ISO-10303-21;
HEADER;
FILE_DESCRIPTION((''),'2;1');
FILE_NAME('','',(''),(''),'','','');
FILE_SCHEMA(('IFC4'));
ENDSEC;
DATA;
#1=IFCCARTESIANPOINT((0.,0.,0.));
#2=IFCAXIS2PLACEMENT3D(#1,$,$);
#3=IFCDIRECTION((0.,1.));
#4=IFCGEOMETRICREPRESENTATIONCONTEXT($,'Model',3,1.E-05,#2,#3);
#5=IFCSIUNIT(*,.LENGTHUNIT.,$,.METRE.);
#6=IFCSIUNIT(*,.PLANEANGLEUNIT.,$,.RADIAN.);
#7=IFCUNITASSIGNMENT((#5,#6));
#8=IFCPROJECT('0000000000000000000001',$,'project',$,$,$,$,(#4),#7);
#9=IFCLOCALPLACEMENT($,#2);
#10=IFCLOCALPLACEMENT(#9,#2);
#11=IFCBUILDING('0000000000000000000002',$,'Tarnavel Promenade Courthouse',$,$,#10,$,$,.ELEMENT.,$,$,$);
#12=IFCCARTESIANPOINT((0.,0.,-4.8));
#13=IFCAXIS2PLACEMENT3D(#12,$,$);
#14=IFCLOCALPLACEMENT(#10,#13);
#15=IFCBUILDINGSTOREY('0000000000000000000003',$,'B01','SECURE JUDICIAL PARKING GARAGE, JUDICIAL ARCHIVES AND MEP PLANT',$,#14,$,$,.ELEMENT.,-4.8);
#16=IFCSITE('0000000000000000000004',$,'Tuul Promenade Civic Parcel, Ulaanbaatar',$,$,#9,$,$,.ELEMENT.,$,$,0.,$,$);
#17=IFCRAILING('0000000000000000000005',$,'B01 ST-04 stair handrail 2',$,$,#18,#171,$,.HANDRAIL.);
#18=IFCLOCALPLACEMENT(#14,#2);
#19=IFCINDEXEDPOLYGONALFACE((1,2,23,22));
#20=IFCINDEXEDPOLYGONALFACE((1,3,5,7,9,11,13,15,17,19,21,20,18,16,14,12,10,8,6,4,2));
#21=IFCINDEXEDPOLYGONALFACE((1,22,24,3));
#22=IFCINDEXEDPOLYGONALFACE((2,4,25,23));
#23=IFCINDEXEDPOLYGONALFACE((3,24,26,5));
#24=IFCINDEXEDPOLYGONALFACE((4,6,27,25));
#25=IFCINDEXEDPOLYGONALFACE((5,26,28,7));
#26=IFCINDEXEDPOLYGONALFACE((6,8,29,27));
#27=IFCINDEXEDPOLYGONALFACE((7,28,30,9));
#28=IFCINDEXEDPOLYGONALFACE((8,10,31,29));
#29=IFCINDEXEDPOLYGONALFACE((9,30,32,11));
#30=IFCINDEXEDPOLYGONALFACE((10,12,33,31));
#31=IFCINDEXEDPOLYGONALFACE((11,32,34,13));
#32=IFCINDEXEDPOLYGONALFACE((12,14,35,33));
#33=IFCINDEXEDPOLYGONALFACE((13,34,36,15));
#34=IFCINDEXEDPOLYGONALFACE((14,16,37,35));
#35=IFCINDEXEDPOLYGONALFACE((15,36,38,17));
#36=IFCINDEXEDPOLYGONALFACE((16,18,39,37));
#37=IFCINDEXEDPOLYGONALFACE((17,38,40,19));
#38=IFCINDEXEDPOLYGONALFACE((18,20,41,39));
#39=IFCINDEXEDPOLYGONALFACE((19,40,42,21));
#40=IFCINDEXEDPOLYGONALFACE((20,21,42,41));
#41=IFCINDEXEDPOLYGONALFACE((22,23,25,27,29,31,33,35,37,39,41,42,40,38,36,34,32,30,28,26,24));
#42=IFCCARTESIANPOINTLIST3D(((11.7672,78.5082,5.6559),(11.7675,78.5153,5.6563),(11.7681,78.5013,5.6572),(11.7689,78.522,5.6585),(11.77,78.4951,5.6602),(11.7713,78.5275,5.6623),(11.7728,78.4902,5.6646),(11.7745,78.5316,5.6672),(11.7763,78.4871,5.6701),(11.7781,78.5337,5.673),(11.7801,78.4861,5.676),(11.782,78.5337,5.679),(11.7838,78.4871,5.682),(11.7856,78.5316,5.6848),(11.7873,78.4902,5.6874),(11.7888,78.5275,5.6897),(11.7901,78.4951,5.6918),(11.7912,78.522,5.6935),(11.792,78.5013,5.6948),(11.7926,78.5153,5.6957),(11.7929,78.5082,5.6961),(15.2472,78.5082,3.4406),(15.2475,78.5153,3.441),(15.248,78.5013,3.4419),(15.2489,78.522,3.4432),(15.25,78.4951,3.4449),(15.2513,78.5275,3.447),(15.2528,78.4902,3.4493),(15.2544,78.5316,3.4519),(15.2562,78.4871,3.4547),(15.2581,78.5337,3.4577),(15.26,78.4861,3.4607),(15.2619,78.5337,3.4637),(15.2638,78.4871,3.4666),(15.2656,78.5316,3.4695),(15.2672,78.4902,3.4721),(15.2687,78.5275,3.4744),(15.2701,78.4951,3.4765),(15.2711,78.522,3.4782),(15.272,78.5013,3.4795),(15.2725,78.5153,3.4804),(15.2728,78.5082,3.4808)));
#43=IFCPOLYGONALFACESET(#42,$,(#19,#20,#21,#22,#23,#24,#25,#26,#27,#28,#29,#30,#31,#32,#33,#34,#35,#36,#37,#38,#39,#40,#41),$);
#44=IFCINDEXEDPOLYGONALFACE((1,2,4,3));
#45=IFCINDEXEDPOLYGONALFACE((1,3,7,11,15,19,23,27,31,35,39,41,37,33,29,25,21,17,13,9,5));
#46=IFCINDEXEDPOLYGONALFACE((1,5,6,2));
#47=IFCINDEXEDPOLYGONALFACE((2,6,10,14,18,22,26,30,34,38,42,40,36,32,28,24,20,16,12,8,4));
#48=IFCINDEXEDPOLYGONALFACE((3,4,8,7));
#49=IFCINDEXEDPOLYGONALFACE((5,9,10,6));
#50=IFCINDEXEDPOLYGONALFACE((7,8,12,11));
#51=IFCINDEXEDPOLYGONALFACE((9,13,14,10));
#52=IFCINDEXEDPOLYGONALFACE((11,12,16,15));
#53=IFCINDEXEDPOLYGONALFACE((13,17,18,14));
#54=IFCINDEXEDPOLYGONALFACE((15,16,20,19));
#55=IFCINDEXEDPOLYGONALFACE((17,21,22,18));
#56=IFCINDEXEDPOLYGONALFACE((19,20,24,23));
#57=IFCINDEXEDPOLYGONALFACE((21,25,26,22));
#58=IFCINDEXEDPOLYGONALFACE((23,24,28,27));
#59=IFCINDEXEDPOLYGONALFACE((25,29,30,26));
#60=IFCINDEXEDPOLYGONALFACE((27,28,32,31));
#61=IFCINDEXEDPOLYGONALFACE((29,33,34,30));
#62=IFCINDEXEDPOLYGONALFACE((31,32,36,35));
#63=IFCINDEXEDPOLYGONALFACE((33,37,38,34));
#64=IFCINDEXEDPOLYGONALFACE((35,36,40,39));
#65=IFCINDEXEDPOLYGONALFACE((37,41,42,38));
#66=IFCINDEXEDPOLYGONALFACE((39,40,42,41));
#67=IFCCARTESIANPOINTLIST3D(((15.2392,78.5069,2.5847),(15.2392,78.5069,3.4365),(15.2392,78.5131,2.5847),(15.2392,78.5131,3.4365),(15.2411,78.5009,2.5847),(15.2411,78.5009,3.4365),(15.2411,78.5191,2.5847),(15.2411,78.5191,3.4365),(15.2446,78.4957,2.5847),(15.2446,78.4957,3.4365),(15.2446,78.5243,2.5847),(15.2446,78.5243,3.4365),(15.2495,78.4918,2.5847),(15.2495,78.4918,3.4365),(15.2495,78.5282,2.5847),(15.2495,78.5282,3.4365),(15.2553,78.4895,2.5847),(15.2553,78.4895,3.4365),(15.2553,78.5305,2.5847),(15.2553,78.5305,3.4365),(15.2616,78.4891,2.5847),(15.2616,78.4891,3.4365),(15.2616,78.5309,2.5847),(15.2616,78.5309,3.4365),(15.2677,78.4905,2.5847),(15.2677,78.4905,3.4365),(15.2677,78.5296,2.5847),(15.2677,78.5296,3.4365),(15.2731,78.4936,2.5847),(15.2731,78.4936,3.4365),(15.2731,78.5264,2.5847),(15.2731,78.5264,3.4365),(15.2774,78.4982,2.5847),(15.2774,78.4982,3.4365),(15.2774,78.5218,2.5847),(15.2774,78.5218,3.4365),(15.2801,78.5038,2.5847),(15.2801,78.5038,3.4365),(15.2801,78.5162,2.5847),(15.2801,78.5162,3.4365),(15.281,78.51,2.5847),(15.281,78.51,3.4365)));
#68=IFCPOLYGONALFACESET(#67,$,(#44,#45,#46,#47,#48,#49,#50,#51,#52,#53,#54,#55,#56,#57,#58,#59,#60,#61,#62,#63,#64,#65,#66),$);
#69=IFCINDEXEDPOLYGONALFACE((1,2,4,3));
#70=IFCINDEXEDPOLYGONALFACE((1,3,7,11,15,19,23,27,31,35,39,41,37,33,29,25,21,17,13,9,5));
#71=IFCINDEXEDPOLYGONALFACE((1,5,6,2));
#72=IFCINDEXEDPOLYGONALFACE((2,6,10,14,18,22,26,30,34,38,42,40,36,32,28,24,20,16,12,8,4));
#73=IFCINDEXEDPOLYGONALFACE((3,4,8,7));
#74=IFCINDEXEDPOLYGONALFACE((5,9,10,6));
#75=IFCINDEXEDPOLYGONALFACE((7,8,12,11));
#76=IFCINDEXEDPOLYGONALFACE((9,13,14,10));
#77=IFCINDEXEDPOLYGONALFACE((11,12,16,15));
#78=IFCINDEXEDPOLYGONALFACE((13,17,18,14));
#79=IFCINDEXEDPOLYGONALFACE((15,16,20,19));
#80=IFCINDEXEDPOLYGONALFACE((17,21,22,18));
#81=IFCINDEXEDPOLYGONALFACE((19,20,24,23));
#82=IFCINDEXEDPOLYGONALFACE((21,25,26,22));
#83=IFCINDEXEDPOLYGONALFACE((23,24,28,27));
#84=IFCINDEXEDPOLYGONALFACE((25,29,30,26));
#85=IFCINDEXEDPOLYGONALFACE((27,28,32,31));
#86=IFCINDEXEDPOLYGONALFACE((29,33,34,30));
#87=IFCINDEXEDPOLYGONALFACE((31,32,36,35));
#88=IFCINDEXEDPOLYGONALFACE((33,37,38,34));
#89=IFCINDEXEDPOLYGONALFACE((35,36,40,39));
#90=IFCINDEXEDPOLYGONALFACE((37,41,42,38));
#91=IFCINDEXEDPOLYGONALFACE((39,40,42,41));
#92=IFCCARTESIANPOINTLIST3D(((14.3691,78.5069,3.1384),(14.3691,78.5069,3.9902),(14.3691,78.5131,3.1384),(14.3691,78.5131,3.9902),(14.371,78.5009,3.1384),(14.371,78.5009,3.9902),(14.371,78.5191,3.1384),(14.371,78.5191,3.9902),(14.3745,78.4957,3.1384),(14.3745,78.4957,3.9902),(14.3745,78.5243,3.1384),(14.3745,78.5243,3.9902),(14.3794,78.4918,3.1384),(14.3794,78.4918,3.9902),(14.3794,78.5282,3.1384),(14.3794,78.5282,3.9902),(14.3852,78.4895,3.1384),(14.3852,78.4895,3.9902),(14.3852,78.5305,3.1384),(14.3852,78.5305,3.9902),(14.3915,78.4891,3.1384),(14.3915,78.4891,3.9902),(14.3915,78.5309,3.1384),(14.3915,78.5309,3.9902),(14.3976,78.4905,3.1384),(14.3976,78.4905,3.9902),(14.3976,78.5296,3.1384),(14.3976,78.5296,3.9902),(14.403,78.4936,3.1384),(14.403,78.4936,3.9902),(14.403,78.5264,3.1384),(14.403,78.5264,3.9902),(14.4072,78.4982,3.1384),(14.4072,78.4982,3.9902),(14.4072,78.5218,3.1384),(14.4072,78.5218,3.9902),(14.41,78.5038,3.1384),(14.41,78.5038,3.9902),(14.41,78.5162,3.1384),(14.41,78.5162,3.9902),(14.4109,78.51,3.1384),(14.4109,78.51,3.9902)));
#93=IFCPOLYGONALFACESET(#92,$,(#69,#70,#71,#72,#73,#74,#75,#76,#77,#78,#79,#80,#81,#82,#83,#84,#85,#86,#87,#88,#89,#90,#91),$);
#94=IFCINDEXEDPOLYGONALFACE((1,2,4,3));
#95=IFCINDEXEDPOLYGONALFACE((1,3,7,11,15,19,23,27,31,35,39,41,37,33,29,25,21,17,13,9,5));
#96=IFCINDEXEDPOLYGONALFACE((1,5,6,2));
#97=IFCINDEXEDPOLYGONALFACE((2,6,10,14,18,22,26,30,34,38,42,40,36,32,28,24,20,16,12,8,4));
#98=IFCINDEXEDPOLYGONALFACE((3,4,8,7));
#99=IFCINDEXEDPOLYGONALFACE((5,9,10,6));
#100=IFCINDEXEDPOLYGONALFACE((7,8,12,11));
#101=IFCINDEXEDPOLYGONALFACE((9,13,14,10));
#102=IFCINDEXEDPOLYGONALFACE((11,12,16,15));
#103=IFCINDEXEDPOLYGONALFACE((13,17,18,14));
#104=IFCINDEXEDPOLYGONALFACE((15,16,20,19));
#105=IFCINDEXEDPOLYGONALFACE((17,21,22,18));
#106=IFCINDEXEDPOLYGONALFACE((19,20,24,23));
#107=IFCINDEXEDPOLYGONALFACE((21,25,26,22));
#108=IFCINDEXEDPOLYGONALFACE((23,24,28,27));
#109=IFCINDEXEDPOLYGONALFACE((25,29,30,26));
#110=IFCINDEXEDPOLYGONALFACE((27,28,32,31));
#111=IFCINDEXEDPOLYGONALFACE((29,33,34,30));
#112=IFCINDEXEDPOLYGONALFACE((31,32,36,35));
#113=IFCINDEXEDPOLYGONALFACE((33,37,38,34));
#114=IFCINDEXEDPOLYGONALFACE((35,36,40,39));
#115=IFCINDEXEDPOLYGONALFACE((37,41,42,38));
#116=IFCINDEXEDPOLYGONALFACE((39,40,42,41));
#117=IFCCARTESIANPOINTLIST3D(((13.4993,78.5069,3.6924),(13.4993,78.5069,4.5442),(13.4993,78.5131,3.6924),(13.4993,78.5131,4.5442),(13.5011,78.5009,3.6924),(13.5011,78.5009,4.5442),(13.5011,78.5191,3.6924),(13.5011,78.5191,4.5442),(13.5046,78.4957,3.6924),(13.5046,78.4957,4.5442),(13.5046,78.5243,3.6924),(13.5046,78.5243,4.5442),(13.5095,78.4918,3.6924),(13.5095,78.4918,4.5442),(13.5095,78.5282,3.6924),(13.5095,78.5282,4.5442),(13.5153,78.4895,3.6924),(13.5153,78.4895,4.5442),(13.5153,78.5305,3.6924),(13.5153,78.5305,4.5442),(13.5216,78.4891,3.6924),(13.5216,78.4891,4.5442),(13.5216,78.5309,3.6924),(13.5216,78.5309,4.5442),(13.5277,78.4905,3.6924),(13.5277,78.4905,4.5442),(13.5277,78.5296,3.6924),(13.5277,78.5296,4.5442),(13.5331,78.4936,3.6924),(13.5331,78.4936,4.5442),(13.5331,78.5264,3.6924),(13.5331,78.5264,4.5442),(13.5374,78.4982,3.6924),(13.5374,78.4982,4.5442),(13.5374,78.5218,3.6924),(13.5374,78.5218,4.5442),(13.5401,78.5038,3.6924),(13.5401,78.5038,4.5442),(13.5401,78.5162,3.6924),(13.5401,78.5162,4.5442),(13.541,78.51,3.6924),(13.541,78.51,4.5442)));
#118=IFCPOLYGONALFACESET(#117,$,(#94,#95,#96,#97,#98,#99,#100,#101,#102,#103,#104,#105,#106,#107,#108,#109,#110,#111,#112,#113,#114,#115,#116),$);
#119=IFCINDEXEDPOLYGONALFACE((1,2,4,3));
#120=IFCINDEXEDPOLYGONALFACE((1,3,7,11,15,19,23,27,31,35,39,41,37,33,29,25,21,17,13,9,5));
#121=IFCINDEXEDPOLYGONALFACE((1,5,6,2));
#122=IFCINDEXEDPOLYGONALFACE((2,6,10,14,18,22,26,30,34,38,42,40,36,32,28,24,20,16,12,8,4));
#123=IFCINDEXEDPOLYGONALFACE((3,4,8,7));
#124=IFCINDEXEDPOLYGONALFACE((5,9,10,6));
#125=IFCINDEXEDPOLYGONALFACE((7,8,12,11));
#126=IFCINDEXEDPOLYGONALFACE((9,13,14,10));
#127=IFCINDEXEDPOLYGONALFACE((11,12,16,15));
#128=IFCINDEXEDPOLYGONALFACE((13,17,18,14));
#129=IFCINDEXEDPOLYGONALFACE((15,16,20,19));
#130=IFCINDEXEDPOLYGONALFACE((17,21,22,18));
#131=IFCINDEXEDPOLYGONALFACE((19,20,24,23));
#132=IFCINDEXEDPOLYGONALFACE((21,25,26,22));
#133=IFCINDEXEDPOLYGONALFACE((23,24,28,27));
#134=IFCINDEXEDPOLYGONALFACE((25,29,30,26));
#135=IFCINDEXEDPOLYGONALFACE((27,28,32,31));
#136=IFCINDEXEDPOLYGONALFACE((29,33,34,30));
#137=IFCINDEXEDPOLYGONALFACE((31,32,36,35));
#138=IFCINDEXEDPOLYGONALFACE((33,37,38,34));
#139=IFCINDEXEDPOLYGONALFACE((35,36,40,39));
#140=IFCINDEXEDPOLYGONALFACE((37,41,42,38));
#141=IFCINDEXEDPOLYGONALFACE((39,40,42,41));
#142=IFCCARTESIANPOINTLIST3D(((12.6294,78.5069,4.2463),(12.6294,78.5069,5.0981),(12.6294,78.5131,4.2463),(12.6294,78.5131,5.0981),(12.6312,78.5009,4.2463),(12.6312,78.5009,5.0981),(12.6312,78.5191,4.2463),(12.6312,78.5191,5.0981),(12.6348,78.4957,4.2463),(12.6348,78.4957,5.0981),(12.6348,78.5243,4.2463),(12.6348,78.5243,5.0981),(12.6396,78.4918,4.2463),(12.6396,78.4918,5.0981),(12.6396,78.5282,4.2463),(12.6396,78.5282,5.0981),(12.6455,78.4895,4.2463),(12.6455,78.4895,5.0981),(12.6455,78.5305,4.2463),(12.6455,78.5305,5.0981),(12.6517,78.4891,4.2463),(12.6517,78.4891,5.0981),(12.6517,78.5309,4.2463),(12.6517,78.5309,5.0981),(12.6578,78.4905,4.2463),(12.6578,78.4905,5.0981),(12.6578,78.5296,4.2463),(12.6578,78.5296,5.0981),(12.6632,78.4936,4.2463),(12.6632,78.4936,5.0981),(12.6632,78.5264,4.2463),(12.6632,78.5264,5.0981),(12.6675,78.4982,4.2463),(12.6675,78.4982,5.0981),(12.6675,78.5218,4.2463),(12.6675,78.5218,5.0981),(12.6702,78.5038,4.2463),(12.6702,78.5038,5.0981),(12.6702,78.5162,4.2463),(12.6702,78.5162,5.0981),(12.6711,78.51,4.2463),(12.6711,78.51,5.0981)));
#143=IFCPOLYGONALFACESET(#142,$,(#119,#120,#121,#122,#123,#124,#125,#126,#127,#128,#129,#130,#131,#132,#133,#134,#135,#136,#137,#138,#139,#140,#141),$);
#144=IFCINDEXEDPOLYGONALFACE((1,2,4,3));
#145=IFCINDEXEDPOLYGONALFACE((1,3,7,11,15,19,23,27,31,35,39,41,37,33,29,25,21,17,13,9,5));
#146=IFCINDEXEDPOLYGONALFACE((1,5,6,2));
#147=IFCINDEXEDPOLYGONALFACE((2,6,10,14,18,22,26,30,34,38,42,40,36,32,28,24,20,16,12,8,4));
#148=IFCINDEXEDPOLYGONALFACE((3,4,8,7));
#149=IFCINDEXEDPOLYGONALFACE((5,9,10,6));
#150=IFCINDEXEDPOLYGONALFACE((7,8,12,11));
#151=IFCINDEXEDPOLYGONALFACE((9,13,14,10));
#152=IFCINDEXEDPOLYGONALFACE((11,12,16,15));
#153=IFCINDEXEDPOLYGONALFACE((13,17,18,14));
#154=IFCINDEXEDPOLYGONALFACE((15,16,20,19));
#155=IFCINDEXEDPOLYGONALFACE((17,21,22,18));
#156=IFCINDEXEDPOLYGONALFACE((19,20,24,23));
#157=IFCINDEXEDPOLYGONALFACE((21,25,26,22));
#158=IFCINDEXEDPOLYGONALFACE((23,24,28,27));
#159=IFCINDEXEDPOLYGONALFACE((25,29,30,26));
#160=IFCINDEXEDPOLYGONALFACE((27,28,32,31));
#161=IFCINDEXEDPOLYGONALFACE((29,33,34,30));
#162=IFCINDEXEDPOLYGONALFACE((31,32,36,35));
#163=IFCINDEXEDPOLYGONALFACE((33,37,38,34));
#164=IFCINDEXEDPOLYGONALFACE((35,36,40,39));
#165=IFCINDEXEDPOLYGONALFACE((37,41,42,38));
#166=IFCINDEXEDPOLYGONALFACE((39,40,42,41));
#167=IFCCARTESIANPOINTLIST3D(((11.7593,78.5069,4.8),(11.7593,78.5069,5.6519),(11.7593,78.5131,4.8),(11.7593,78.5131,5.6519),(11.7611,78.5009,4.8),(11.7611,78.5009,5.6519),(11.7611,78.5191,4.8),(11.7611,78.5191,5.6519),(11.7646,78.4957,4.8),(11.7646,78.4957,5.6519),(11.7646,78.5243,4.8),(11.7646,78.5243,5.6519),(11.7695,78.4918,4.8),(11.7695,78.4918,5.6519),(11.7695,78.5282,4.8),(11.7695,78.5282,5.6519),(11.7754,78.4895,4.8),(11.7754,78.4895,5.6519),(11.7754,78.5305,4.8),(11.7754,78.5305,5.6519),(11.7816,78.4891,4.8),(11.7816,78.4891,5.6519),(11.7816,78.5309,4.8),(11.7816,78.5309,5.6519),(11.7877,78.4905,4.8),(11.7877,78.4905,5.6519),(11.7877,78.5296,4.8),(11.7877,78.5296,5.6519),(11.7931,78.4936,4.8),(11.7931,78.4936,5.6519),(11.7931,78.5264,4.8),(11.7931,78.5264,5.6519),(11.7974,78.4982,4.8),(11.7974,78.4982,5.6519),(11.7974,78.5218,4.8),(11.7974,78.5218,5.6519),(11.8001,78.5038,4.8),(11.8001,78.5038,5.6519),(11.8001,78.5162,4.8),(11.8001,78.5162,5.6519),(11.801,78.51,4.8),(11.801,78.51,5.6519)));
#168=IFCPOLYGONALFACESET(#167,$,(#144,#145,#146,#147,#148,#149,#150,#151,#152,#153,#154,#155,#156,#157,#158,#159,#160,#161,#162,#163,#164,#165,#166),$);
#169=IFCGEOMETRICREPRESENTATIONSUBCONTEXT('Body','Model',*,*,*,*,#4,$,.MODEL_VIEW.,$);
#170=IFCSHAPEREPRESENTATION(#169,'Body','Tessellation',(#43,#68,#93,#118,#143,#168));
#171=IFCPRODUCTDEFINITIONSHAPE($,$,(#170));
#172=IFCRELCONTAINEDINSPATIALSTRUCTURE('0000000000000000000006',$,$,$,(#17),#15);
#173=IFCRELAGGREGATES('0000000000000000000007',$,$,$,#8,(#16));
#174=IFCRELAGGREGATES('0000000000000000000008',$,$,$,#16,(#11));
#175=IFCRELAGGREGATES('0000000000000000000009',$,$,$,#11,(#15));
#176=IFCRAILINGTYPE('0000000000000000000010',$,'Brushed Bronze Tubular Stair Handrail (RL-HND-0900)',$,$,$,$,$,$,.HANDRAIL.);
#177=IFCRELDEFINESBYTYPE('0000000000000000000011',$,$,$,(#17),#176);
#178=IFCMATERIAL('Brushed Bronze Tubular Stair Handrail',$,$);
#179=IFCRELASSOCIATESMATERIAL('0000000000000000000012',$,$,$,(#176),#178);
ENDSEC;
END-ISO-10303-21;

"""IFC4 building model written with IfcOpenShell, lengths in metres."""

from ifc_helpers import new_model, si_unit, direction, frame, origin, origin_2d, place, context, subcontext, project, spatial, circle, extrude, material, type_object, element, save


model = new_model("IFC4")

# Units and contexts
model_context = context("Model", 3, precision=1e-05, world=origin(), true_north=direction((0.0, 1.0)))
body_context = subcontext(model_context, "Body", "Model", "MODEL_VIEW")
ifc_project = project(units=[si_unit("LENGTHUNIT", "METRE"), si_unit("PLANEANGLEUNIT", "RADIAN")], contexts=[model_context])

# Site, building, storey
site_placement = place(None, origin())
site = spatial("IfcSite", under=ifc_project, at=site_placement, Name="Tuul Promenade Civic Parcel, Ulaanbaatar", CompositionType="ELEMENT", RefElevation=0.0)
building_placement = place(site_placement, origin())
building = spatial("IfcBuilding", under=site, at=building_placement, Name="Tarnavel Promenade Courthouse", CompositionType="ELEMENT")
storey_placement = place(building_placement, frame((0.0, 0.0, -4.8)))
storey = spatial("IfcBuildingStorey", under=building, at=storey_placement, Name="B01", Description="SECURE JUDICIAL PARKING GARAGE, JUDICIAL ARCHIVES AND MEP PLANT", CompositionType="ELEMENT", Elevation=-4.8)

# Railing
ifc_material_1 = material(Name="Brushed Bronze Tubular Stair Handrail")
railing_type_1 = type_object("IfcRailingType", Name="Brushed Bronze Tubular Stair Handrail (RL-HND-0900)", PredefinedType="HANDRAIL", material=ifc_material_1)
railing_1_placement = place(storey_placement, frame((15.26, 78.51, 2.5847)))
element("IfcRailing", 1, at=railing_1_placement, inside=storey, type_object=railing_type_1, Name="B01 ST-04 stair handrail 2", PredefinedType="HANDRAIL", context=body_context, shape_type="SweptSolid", body=[
    extrude(circle(Radius=0.0239, at=origin_2d()), frame((0.0, 0.0, 0.876), z_axis=(-0.843574, 0.0, 0.537013), x_axis=(0.0, -1.0, 0.0)), (0.0, 0.0, 1.0), 4.1252),
    extrude(circle(Radius=0.021, at=origin_2d()), origin(), (0.0, 0.0, 1.0), 0.8518),
    extrude(circle(Radius=0.021, at=origin_2d()), frame((-0.8701, 0.0, 0.5537)), (0.0, 0.0, 1.0), 0.8518),
    extrude(circle(Radius=0.021, at=origin_2d()), frame((-1.74, 0.0, 1.1077)), (0.0, 0.0, 1.0), 0.8518),
    extrude(circle(Radius=0.021, at=origin_2d()), frame((-2.6099, 0.0, 1.6616)), (0.0, 0.0, 1.0), 0.8518),
    extrude(circle(Radius=0.021, at=origin_2d()), frame((-3.48, 0.0, 2.2153)), (0.0, 0.0, 1.0), 0.8518),
])

save(model, "model.ifc")
